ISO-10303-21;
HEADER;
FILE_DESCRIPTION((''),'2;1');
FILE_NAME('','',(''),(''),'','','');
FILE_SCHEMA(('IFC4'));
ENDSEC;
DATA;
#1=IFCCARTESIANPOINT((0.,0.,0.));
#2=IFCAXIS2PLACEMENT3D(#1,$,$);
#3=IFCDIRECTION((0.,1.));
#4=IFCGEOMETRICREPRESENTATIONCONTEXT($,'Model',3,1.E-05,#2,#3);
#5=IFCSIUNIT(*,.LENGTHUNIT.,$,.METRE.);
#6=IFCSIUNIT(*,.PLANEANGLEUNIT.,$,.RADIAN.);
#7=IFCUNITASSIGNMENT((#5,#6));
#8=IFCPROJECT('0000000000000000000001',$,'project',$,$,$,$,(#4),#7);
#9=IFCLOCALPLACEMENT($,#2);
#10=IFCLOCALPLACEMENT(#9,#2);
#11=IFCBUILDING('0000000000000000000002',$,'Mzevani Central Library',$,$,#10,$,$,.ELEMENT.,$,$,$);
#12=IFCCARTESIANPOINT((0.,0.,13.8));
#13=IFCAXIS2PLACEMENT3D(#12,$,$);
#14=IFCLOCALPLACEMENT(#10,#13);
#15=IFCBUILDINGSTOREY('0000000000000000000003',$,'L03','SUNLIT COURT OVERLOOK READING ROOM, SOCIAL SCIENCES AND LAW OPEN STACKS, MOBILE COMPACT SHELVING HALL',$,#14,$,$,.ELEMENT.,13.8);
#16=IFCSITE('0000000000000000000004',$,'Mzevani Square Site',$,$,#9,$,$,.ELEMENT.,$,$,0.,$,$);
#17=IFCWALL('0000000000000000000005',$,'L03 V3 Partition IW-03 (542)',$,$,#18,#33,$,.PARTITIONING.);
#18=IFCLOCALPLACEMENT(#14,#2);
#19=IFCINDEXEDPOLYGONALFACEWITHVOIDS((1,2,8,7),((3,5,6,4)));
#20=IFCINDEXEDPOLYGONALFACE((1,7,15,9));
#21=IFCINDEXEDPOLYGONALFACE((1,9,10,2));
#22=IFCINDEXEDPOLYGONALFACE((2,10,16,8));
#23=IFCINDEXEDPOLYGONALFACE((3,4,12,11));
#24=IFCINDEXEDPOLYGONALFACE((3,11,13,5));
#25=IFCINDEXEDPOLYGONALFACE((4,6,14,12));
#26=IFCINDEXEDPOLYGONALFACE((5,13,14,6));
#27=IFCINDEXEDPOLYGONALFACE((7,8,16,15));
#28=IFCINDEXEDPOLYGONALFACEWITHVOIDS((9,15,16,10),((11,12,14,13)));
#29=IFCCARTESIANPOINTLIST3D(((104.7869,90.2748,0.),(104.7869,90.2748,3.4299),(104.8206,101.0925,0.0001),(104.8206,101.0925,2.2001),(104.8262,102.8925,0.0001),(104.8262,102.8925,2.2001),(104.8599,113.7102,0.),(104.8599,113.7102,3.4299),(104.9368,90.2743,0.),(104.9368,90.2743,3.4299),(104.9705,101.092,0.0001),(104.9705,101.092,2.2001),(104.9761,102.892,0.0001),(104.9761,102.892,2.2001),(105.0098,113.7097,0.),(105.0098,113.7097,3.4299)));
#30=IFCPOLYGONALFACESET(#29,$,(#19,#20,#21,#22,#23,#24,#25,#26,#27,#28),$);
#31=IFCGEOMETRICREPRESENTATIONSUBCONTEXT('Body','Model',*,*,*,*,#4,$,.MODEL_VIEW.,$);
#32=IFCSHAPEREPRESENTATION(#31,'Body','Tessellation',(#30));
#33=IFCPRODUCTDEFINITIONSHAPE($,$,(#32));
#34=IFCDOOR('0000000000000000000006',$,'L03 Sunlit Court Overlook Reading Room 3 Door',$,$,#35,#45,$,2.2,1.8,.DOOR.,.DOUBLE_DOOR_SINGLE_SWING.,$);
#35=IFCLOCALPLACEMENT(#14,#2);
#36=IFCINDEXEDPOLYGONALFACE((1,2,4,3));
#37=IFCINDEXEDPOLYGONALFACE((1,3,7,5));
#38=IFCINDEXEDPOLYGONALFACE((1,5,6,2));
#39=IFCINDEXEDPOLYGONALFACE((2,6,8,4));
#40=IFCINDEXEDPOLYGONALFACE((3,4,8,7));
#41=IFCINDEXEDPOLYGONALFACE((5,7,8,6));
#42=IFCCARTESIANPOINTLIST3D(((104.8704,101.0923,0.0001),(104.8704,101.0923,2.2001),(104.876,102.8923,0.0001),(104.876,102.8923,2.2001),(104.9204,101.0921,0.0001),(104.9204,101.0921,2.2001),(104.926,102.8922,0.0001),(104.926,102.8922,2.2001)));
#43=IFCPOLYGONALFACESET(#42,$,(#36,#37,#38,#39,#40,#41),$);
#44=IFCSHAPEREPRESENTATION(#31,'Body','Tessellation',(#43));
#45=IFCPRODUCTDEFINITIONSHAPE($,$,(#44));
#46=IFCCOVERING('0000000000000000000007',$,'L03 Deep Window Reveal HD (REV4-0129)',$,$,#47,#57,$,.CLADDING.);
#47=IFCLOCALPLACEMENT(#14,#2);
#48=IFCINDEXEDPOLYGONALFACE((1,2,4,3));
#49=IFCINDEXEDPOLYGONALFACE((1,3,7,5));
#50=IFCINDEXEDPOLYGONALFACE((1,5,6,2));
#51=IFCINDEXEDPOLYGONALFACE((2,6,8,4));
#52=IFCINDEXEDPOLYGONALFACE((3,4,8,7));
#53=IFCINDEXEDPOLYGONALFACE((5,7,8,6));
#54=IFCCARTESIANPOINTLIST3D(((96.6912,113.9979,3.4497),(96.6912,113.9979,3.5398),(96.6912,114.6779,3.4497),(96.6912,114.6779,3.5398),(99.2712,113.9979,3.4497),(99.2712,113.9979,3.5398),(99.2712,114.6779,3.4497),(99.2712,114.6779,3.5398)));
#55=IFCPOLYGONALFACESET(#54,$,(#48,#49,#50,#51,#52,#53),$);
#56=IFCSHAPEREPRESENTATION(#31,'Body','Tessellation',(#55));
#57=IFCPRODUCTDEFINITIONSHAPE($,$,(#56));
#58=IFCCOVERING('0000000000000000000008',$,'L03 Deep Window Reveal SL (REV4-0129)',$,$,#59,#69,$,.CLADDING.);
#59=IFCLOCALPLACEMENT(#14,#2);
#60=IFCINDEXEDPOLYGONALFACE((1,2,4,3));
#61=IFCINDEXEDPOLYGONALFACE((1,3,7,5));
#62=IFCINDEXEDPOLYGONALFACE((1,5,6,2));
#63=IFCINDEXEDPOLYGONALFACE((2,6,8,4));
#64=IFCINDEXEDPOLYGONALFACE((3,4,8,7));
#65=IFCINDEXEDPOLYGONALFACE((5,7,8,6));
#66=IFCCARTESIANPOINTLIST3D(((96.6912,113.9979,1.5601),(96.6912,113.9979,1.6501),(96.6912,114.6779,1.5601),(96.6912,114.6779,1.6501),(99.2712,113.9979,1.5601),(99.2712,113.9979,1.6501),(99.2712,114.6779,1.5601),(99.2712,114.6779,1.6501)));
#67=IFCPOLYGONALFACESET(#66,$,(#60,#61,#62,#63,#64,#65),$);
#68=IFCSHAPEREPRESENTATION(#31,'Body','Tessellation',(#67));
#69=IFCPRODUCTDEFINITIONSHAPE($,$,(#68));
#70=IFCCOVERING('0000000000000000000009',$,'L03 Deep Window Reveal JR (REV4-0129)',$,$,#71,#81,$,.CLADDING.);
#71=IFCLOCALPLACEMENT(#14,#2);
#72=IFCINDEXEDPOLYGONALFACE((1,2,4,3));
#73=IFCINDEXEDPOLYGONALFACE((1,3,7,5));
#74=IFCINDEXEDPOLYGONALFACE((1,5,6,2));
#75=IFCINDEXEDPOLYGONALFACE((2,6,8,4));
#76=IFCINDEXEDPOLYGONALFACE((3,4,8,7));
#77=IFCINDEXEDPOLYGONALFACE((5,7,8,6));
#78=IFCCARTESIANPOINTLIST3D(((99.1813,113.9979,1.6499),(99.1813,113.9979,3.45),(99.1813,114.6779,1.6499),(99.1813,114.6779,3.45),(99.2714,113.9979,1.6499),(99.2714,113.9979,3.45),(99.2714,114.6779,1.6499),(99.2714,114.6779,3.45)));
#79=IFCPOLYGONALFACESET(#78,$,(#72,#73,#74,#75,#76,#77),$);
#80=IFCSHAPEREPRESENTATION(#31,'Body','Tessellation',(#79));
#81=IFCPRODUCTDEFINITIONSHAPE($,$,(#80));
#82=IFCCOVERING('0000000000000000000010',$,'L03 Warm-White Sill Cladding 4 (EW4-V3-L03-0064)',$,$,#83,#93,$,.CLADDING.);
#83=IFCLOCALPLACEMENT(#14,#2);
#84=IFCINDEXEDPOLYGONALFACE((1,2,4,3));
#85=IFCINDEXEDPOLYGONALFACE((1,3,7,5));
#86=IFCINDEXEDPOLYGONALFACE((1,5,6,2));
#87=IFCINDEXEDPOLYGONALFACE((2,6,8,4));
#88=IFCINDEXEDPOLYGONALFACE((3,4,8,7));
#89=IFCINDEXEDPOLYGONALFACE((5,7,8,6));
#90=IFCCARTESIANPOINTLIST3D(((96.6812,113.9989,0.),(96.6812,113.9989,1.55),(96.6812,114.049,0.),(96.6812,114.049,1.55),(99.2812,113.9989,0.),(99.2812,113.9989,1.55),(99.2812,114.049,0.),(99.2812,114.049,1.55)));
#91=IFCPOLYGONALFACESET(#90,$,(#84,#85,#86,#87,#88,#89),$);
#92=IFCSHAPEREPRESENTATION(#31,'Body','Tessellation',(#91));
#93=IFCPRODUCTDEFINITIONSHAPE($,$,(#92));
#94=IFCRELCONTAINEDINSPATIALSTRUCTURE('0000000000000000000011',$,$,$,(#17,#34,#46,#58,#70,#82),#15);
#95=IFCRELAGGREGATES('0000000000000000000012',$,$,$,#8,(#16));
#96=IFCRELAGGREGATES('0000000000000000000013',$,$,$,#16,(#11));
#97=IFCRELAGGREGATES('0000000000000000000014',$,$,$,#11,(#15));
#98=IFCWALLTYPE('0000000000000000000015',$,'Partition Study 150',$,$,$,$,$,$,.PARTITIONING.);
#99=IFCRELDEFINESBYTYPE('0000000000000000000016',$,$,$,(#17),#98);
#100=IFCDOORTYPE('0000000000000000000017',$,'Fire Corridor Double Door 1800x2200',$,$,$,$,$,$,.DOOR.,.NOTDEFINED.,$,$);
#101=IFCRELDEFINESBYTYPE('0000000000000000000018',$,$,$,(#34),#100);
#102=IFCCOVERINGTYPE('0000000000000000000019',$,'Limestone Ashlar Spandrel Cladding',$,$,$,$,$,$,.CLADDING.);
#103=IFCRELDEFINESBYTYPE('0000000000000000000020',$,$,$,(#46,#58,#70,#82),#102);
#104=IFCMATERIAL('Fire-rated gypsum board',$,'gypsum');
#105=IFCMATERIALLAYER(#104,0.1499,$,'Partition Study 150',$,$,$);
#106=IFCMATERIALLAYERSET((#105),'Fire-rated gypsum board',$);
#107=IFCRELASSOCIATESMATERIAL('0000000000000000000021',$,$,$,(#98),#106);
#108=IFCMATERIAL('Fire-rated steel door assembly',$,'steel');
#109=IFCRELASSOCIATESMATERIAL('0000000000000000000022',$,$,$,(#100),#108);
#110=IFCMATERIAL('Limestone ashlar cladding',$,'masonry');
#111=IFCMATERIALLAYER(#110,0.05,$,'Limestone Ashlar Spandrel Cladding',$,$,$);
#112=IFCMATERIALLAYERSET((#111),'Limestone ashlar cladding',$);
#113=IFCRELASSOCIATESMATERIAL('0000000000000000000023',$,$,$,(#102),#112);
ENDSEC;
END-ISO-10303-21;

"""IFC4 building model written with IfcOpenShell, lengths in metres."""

from ifc_helpers import new_model, si_unit, direction, frame, frame_2d, origin, origin_2d, place, context, subcontext, project, spatial, rectangle, extrude, material, layer, layer_set, type_object, element, fill, save


model = new_model("IFC4")

# Units and contexts
model_context = context("Model", 3, precision=1e-05, world=origin(), true_north=direction((0.0, 1.0)))
body_context = subcontext(model_context, "Body", "Model", "MODEL_VIEW")
ifc_project = project(units=[si_unit("LENGTHUNIT", "METRE"), si_unit("PLANEANGLEUNIT", "RADIAN")], contexts=[model_context])

# Site, building, storey
site_placement = place(None, origin())
site = spatial("IfcSite", under=ifc_project, at=site_placement, Name="Mzevani Square Site", CompositionType="ELEMENT", RefElevation=0.0)
building_placement = place(site_placement, origin())
building = spatial("IfcBuilding", under=site, at=building_placement, Name="Mzevani Central Library", CompositionType="ELEMENT")
storey_placement = place(building_placement, frame((0.0, 0.0, 13.8)))
storey = spatial("IfcBuildingStorey", under=building, at=storey_placement, Name="L03", Description="SUNLIT COURT OVERLOOK READING ROOM, SOCIAL SCIENCES AND LAW OPEN STACKS, MOBILE COMPACT SHELVING HALL", CompositionType="ELEMENT", Elevation=13.8)

# Wall, opening, door
ifc_material_1 = material(Name="Fire-rated gypsum board", Category="gypsum")
ifc_layer_1 = layer(ifc_material_1, 0.1499, Name="Partition Study 150")
ifc_layer_set_1 = layer_set([ifc_layer_1], Name="Fire-rated gypsum board")
wall_type_1 = type_object("IfcWallType", Name="Partition Study 150", PredefinedType="PARTITIONING", material=ifc_layer_set_1)
wall_1_placement = place(storey_placement, frame((104.9348, 113.71, 0.0), z_axis=(0.0, 0.0, 1.0), x_axis=(-0.003115, -0.999995, 0.0)))
wall_1 = element("IfcWall", 1, at=wall_1_placement, inside=storey, type_object=wall_type_1, Name="L03 V3 Partition IW-03 (542)", PredefinedType="PARTITIONING", context=body_context, shape_type="SweptSolid", body=[
    extrude(rectangle(XDim=23.4355, YDim=0.1499, at=frame_2d((11.7178, 0.0))), origin(), (0.0, 0.0, 1.0), 3.4299),
])
opening_placement = place(wall_1_placement, frame((10.8179, 0.0, 0.0)))
opening = element("IfcOpeningElement", 2, at=opening_placement, cuts=wall_1, PredefinedType="OPENING", context=body_context, shape_type="SweptSolid", body=[
    extrude(rectangle(XDim=1.8, YDim=2.2, at=frame_2d((0.8999, 1.1001))), frame((0.0, 0.085, 0.0), z_axis=(0.0, -1.0, 0.0), x_axis=(1.0, 0.0, 0.0)), (0.0, 0.0, 1.0), 0.1699),
])
ifc_material_2 = material(Name="Fire-rated steel door assembly", Category="steel")
door_type = type_object("IfcDoorType", Name="Fire Corridor Double Door 1800x2200", OperationType="NOTDEFINED", PredefinedType="DOOR", material=ifc_material_2)
door_placement = place(opening_placement, origin())
door = element("IfcDoor", 3, at=door_placement, inside=storey, type_object=door_type, Name="L03 Sunlit Court Overlook Reading Room 3 Door", OperationType="DOUBLE_DOOR_SINGLE_SWING", OverallHeight=2.2, OverallWidth=1.8, PredefinedType="DOOR", context=body_context, shape_type="SweptSolid", body=[
    extrude(rectangle(XDim=1.8, YDim=2.2, at=frame_2d((0.8999, 1.1001))), frame((0.0, 0.0249, 0.0), z_axis=(0.0, -1.0, 0.0), x_axis=(1.0, 0.0, 0.0)), (0.0, 0.0, 1.0), 0.05),
])
fill(opening, door)

# Coverings
ifc_material_3 = material(Name="Limestone ashlar cladding", Category="masonry")
ifc_layer_2 = layer(ifc_material_3, 0.05, Name="Limestone Ashlar Spandrel Cladding")
ifc_layer_set_2 = layer_set([ifc_layer_2], Name="Limestone ashlar cladding")
covering_type = type_object("IfcCoveringType", Name="Limestone Ashlar Spandrel Cladding", PredefinedType="CLADDING", material=ifc_layer_set_2)
for number, where, z_axis, x_axis, name in (
    (4, (97.9812, 114.3379, 3.4497), (0.0, 0.0, 1.0), (1.0, 0.0, 0.0), "L03 Deep Window Reveal HD (REV4-0129)"),
    (5, (97.9812, 114.3379, 1.5601), (0.0, 0.0, 1.0), (1.0, 0.0, 0.0), "L03 Deep Window Reveal SL (REV4-0129)"),
):
    element("IfcCovering", number, at=place(storey_placement, frame(where, z_axis=z_axis, x_axis=x_axis)), inside=storey, type_object=covering_type, Name=name, PredefinedType="CLADDING", context=body_context, shape_type="SweptSolid", body=[
        extrude(rectangle(XDim=2.5801, YDim=0.6799, at=origin_2d()), origin(), (0.0, 0.0, 1.0), 0.0901),
    ])
covering_1_placement = place(storey_placement, frame((99.2263, 114.3379, 1.6499), z_axis=(0.0, 0.0, 1.0), x_axis=(1.0, 0.0, 0.0)))
element("IfcCovering", 6, at=covering_1_placement, inside=storey, type_object=covering_type, Name="L03 Deep Window Reveal JR (REV4-0129)", PredefinedType="CLADDING", context=body_context, shape_type="SweptSolid", body=[
    extrude(rectangle(XDim=0.0901, YDim=0.6799, at=origin_2d()), origin(), (0.0, 0.0, 1.0), 1.8),
])
covering_2_placement = place(storey_placement, frame((97.9812, 114.0239, 0.0), z_axis=(0.0, 0.0, 1.0), x_axis=(1.0, 0.0, 0.0)))
element("IfcCovering", 7, at=covering_2_placement, inside=storey, type_object=covering_type, Name="L03 Warm-White Sill Cladding 4 (EW4-V3-L03-0064)", PredefinedType="CLADDING", context=body_context, shape_type="SweptSolid", body=[
    extrude(rectangle(XDim=2.6001, YDim=0.05, at=origin_2d()), origin(), (0.0, 0.0, 1.0), 1.55),
])

save(model, "model.ifc")
